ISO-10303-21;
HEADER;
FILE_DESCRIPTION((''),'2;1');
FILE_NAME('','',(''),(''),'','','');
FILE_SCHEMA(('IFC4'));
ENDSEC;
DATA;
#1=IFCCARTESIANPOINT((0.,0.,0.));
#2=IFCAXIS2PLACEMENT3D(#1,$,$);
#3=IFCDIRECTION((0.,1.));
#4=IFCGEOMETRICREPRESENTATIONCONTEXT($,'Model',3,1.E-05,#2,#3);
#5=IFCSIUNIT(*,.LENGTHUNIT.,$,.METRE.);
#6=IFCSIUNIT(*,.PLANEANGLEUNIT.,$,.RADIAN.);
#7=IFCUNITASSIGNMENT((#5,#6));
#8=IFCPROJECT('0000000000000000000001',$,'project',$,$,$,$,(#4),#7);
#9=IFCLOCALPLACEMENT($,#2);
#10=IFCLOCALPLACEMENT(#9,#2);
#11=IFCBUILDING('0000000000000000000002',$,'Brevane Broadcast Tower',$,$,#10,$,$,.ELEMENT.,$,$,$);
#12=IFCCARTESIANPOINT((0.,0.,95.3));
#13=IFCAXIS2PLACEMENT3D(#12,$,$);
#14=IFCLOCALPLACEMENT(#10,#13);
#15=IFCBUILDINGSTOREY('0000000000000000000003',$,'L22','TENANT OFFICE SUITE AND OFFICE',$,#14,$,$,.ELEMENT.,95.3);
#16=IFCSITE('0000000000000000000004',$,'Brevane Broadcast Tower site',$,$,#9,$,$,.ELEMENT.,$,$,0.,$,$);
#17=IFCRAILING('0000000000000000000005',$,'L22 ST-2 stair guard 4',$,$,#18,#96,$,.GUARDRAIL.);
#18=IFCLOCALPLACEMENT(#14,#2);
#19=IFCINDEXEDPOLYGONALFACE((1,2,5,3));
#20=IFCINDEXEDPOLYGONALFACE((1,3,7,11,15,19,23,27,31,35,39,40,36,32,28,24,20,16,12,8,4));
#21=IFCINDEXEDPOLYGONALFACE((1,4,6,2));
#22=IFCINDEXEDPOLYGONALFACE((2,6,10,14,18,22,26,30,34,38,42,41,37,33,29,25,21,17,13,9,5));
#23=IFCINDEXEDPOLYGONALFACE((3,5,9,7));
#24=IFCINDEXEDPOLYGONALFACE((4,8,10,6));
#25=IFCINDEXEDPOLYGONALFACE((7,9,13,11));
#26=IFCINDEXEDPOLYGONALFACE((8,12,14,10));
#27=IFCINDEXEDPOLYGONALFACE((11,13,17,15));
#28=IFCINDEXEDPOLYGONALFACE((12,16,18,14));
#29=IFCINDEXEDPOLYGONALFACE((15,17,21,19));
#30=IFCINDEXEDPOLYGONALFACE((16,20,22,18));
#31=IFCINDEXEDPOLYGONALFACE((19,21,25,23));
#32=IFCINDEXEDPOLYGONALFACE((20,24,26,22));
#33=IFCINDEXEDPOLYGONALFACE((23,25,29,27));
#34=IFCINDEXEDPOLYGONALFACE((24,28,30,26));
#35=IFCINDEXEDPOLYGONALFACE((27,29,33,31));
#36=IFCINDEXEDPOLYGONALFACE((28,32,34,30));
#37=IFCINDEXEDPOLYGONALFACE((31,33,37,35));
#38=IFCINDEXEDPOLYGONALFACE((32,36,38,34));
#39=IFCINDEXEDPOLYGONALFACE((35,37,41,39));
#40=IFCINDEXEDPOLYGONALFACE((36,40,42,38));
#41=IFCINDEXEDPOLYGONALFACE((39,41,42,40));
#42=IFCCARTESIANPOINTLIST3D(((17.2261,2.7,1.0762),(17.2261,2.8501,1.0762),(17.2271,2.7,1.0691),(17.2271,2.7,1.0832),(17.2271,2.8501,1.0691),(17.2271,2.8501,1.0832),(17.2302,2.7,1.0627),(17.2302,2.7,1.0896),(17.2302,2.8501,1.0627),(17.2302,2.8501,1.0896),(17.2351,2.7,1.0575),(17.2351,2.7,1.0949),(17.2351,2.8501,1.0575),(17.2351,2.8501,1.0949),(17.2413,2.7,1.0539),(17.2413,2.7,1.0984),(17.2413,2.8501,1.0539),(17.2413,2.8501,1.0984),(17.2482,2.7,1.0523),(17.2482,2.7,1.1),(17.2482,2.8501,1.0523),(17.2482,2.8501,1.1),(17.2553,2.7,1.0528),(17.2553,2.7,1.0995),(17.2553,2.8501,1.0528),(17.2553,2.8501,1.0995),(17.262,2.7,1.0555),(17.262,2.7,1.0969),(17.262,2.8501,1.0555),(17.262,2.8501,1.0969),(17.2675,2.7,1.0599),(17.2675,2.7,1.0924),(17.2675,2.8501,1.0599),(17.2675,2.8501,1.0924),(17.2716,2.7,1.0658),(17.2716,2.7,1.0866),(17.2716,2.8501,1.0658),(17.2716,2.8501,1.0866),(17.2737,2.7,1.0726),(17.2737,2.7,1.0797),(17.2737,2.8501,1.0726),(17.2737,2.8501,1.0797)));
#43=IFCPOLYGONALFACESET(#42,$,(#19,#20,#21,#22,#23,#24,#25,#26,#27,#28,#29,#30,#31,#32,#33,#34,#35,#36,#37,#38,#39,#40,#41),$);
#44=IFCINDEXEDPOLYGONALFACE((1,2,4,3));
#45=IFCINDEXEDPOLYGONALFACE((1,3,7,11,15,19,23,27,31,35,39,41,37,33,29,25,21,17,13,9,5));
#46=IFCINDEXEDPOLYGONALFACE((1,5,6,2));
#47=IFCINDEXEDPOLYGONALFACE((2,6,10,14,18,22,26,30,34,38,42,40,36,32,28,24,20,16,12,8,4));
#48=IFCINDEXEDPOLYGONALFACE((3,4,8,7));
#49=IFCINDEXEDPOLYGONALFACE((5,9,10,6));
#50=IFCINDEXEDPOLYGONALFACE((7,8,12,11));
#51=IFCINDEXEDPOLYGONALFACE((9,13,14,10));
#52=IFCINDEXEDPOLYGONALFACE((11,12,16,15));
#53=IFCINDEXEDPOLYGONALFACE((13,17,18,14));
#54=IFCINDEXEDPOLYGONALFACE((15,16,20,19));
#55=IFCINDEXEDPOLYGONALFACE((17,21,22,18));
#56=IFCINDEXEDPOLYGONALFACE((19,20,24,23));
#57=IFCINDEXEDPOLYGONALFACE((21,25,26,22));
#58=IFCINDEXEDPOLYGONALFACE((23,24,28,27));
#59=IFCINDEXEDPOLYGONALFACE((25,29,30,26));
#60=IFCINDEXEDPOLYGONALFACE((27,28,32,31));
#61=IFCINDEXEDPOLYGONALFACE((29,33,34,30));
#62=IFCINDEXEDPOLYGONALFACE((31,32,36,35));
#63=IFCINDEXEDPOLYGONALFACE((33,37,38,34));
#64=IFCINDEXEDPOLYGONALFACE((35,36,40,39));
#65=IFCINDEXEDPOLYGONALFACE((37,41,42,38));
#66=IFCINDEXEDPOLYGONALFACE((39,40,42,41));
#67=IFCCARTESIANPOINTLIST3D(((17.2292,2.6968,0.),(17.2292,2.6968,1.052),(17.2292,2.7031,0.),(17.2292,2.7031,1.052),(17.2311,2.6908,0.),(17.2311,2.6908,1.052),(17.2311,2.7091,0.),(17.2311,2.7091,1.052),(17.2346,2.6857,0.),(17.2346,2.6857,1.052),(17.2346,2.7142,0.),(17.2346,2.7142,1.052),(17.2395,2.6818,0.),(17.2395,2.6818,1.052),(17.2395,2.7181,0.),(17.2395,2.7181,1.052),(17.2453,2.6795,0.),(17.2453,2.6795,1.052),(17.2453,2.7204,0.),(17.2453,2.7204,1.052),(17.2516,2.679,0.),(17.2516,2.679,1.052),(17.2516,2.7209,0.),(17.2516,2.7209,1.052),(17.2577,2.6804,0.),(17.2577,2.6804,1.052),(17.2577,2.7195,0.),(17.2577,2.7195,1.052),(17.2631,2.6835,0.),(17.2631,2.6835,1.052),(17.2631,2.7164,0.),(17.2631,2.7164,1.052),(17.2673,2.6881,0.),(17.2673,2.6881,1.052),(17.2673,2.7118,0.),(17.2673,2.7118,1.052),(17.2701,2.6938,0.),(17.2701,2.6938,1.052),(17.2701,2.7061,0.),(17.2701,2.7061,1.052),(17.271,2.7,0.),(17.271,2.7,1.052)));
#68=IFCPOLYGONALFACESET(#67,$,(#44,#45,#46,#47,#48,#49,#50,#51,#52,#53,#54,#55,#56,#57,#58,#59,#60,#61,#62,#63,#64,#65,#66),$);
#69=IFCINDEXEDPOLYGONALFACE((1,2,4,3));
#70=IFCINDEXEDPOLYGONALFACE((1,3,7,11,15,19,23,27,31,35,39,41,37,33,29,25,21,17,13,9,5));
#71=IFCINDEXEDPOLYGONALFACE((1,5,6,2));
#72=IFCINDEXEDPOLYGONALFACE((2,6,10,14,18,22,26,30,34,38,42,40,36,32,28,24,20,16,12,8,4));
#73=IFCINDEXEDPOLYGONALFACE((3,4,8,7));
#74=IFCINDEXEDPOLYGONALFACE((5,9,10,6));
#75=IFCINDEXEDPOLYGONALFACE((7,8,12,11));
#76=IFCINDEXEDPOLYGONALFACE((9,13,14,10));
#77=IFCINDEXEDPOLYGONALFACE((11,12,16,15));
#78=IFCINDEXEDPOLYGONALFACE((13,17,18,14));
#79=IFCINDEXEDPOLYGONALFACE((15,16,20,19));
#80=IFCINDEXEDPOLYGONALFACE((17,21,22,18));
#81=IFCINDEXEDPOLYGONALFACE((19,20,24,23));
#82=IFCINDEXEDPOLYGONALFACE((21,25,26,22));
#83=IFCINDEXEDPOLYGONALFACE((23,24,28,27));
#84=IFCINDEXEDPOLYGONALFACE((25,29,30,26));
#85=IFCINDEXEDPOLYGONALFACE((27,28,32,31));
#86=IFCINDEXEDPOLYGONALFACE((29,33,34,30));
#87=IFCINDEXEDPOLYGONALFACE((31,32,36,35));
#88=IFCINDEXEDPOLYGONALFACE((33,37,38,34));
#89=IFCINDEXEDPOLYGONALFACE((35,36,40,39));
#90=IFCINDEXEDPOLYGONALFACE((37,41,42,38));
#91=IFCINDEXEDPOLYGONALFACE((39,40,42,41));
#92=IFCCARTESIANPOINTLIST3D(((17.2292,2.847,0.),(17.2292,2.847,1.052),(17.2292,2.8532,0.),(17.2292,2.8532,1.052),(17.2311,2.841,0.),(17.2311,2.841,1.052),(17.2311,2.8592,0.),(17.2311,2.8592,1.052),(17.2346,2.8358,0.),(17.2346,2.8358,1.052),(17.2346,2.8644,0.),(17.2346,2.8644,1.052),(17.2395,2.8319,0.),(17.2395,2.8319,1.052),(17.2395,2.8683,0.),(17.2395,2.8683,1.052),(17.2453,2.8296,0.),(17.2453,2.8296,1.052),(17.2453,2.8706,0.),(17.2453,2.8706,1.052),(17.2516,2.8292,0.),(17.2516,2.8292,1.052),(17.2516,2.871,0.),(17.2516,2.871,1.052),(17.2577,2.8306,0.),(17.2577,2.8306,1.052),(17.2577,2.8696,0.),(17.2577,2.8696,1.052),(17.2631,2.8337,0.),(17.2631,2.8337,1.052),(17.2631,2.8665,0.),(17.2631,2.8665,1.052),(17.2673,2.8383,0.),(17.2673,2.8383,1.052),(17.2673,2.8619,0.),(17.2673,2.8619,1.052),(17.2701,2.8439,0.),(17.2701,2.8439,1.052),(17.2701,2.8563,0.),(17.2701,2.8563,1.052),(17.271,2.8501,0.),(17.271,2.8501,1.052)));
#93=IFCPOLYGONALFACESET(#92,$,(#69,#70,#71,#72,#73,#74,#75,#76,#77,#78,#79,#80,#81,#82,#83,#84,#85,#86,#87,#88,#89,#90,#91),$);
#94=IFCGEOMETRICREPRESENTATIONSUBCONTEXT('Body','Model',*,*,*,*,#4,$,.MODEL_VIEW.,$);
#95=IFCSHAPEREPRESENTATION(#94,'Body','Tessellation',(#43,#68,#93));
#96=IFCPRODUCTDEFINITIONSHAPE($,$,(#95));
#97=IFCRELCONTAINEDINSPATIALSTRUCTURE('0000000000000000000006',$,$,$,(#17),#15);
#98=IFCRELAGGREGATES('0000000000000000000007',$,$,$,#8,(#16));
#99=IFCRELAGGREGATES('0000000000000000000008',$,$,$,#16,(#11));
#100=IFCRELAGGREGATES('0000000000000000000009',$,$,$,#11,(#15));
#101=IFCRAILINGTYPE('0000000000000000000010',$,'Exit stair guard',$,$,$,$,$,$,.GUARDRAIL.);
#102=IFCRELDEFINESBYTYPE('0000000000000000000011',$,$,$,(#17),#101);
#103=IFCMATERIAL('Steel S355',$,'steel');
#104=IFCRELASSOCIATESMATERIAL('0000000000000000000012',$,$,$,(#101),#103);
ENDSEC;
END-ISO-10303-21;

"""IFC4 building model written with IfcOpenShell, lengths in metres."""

from ifc_helpers import new_model, si_unit, direction, frame, origin, origin_2d, place, context, subcontext, project, spatial, circle, extrude, material, type_object, element, save


model = new_model("IFC4")

# Units and contexts
model_context = context("Model", 3, precision=1e-05, world=origin(), true_north=direction((0.0, 1.0)))
body_context = subcontext(model_context, "Body", "Model", "MODEL_VIEW")
ifc_project = project(units=[si_unit("LENGTHUNIT", "METRE"), si_unit("PLANEANGLEUNIT", "RADIAN")], contexts=[model_context])

# Site, building, storey
site_placement = place(None, origin())
site = spatial("IfcSite", under=ifc_project, at=site_placement, Name="Brevane Broadcast Tower site", CompositionType="ELEMENT", RefElevation=0.0)
building_placement = place(site_placement, origin())
building = spatial("IfcBuilding", under=site, at=building_placement, Name="Brevane Broadcast Tower", CompositionType="ELEMENT")
storey_placement = place(building_placement, frame((0.0, 0.0, 95.3)))
storey = spatial("IfcBuildingStorey", under=building, at=storey_placement, Name="L22", Description="TENANT OFFICE SUITE AND OFFICE", CompositionType="ELEMENT", Elevation=95.3)

# Railing
ifc_material_1 = material(Name="Steel S355", Category="steel")
railing_type_1 = type_object("IfcRailingType", Name="Exit stair guard", PredefinedType="GUARDRAIL", material=ifc_material_1)
railing_1_placement = place(storey_placement, frame((17.25, 2.7, 0.0)))
element("IfcRailing", 1, at=railing_1_placement, inside=storey, type_object=railing_type_1, Name="L22 ST-2 stair guard 4", PredefinedType="GUARDRAIL", context=body_context, shape_type="SweptSolid", body=[
    extrude(circle(Radius=0.0239, at=origin_2d()), frame((0.0, 0.0, 1.0762), z_axis=(0.0, 1.0, 0.0), x_axis=(-1.0, 0.0, 0.0)), (0.0, 0.0, 1.0), 0.1501),
    extrude(circle(Radius=0.021, at=origin_2d()), origin(), (0.0, 0.0, 1.0), 1.052),
    extrude(circle(Radius=0.021, at=origin_2d()), frame((0.0, 0.1501, 0.0)), (0.0, 0.0, 1.0), 1.052),
])

save(model, "model.ifc")
